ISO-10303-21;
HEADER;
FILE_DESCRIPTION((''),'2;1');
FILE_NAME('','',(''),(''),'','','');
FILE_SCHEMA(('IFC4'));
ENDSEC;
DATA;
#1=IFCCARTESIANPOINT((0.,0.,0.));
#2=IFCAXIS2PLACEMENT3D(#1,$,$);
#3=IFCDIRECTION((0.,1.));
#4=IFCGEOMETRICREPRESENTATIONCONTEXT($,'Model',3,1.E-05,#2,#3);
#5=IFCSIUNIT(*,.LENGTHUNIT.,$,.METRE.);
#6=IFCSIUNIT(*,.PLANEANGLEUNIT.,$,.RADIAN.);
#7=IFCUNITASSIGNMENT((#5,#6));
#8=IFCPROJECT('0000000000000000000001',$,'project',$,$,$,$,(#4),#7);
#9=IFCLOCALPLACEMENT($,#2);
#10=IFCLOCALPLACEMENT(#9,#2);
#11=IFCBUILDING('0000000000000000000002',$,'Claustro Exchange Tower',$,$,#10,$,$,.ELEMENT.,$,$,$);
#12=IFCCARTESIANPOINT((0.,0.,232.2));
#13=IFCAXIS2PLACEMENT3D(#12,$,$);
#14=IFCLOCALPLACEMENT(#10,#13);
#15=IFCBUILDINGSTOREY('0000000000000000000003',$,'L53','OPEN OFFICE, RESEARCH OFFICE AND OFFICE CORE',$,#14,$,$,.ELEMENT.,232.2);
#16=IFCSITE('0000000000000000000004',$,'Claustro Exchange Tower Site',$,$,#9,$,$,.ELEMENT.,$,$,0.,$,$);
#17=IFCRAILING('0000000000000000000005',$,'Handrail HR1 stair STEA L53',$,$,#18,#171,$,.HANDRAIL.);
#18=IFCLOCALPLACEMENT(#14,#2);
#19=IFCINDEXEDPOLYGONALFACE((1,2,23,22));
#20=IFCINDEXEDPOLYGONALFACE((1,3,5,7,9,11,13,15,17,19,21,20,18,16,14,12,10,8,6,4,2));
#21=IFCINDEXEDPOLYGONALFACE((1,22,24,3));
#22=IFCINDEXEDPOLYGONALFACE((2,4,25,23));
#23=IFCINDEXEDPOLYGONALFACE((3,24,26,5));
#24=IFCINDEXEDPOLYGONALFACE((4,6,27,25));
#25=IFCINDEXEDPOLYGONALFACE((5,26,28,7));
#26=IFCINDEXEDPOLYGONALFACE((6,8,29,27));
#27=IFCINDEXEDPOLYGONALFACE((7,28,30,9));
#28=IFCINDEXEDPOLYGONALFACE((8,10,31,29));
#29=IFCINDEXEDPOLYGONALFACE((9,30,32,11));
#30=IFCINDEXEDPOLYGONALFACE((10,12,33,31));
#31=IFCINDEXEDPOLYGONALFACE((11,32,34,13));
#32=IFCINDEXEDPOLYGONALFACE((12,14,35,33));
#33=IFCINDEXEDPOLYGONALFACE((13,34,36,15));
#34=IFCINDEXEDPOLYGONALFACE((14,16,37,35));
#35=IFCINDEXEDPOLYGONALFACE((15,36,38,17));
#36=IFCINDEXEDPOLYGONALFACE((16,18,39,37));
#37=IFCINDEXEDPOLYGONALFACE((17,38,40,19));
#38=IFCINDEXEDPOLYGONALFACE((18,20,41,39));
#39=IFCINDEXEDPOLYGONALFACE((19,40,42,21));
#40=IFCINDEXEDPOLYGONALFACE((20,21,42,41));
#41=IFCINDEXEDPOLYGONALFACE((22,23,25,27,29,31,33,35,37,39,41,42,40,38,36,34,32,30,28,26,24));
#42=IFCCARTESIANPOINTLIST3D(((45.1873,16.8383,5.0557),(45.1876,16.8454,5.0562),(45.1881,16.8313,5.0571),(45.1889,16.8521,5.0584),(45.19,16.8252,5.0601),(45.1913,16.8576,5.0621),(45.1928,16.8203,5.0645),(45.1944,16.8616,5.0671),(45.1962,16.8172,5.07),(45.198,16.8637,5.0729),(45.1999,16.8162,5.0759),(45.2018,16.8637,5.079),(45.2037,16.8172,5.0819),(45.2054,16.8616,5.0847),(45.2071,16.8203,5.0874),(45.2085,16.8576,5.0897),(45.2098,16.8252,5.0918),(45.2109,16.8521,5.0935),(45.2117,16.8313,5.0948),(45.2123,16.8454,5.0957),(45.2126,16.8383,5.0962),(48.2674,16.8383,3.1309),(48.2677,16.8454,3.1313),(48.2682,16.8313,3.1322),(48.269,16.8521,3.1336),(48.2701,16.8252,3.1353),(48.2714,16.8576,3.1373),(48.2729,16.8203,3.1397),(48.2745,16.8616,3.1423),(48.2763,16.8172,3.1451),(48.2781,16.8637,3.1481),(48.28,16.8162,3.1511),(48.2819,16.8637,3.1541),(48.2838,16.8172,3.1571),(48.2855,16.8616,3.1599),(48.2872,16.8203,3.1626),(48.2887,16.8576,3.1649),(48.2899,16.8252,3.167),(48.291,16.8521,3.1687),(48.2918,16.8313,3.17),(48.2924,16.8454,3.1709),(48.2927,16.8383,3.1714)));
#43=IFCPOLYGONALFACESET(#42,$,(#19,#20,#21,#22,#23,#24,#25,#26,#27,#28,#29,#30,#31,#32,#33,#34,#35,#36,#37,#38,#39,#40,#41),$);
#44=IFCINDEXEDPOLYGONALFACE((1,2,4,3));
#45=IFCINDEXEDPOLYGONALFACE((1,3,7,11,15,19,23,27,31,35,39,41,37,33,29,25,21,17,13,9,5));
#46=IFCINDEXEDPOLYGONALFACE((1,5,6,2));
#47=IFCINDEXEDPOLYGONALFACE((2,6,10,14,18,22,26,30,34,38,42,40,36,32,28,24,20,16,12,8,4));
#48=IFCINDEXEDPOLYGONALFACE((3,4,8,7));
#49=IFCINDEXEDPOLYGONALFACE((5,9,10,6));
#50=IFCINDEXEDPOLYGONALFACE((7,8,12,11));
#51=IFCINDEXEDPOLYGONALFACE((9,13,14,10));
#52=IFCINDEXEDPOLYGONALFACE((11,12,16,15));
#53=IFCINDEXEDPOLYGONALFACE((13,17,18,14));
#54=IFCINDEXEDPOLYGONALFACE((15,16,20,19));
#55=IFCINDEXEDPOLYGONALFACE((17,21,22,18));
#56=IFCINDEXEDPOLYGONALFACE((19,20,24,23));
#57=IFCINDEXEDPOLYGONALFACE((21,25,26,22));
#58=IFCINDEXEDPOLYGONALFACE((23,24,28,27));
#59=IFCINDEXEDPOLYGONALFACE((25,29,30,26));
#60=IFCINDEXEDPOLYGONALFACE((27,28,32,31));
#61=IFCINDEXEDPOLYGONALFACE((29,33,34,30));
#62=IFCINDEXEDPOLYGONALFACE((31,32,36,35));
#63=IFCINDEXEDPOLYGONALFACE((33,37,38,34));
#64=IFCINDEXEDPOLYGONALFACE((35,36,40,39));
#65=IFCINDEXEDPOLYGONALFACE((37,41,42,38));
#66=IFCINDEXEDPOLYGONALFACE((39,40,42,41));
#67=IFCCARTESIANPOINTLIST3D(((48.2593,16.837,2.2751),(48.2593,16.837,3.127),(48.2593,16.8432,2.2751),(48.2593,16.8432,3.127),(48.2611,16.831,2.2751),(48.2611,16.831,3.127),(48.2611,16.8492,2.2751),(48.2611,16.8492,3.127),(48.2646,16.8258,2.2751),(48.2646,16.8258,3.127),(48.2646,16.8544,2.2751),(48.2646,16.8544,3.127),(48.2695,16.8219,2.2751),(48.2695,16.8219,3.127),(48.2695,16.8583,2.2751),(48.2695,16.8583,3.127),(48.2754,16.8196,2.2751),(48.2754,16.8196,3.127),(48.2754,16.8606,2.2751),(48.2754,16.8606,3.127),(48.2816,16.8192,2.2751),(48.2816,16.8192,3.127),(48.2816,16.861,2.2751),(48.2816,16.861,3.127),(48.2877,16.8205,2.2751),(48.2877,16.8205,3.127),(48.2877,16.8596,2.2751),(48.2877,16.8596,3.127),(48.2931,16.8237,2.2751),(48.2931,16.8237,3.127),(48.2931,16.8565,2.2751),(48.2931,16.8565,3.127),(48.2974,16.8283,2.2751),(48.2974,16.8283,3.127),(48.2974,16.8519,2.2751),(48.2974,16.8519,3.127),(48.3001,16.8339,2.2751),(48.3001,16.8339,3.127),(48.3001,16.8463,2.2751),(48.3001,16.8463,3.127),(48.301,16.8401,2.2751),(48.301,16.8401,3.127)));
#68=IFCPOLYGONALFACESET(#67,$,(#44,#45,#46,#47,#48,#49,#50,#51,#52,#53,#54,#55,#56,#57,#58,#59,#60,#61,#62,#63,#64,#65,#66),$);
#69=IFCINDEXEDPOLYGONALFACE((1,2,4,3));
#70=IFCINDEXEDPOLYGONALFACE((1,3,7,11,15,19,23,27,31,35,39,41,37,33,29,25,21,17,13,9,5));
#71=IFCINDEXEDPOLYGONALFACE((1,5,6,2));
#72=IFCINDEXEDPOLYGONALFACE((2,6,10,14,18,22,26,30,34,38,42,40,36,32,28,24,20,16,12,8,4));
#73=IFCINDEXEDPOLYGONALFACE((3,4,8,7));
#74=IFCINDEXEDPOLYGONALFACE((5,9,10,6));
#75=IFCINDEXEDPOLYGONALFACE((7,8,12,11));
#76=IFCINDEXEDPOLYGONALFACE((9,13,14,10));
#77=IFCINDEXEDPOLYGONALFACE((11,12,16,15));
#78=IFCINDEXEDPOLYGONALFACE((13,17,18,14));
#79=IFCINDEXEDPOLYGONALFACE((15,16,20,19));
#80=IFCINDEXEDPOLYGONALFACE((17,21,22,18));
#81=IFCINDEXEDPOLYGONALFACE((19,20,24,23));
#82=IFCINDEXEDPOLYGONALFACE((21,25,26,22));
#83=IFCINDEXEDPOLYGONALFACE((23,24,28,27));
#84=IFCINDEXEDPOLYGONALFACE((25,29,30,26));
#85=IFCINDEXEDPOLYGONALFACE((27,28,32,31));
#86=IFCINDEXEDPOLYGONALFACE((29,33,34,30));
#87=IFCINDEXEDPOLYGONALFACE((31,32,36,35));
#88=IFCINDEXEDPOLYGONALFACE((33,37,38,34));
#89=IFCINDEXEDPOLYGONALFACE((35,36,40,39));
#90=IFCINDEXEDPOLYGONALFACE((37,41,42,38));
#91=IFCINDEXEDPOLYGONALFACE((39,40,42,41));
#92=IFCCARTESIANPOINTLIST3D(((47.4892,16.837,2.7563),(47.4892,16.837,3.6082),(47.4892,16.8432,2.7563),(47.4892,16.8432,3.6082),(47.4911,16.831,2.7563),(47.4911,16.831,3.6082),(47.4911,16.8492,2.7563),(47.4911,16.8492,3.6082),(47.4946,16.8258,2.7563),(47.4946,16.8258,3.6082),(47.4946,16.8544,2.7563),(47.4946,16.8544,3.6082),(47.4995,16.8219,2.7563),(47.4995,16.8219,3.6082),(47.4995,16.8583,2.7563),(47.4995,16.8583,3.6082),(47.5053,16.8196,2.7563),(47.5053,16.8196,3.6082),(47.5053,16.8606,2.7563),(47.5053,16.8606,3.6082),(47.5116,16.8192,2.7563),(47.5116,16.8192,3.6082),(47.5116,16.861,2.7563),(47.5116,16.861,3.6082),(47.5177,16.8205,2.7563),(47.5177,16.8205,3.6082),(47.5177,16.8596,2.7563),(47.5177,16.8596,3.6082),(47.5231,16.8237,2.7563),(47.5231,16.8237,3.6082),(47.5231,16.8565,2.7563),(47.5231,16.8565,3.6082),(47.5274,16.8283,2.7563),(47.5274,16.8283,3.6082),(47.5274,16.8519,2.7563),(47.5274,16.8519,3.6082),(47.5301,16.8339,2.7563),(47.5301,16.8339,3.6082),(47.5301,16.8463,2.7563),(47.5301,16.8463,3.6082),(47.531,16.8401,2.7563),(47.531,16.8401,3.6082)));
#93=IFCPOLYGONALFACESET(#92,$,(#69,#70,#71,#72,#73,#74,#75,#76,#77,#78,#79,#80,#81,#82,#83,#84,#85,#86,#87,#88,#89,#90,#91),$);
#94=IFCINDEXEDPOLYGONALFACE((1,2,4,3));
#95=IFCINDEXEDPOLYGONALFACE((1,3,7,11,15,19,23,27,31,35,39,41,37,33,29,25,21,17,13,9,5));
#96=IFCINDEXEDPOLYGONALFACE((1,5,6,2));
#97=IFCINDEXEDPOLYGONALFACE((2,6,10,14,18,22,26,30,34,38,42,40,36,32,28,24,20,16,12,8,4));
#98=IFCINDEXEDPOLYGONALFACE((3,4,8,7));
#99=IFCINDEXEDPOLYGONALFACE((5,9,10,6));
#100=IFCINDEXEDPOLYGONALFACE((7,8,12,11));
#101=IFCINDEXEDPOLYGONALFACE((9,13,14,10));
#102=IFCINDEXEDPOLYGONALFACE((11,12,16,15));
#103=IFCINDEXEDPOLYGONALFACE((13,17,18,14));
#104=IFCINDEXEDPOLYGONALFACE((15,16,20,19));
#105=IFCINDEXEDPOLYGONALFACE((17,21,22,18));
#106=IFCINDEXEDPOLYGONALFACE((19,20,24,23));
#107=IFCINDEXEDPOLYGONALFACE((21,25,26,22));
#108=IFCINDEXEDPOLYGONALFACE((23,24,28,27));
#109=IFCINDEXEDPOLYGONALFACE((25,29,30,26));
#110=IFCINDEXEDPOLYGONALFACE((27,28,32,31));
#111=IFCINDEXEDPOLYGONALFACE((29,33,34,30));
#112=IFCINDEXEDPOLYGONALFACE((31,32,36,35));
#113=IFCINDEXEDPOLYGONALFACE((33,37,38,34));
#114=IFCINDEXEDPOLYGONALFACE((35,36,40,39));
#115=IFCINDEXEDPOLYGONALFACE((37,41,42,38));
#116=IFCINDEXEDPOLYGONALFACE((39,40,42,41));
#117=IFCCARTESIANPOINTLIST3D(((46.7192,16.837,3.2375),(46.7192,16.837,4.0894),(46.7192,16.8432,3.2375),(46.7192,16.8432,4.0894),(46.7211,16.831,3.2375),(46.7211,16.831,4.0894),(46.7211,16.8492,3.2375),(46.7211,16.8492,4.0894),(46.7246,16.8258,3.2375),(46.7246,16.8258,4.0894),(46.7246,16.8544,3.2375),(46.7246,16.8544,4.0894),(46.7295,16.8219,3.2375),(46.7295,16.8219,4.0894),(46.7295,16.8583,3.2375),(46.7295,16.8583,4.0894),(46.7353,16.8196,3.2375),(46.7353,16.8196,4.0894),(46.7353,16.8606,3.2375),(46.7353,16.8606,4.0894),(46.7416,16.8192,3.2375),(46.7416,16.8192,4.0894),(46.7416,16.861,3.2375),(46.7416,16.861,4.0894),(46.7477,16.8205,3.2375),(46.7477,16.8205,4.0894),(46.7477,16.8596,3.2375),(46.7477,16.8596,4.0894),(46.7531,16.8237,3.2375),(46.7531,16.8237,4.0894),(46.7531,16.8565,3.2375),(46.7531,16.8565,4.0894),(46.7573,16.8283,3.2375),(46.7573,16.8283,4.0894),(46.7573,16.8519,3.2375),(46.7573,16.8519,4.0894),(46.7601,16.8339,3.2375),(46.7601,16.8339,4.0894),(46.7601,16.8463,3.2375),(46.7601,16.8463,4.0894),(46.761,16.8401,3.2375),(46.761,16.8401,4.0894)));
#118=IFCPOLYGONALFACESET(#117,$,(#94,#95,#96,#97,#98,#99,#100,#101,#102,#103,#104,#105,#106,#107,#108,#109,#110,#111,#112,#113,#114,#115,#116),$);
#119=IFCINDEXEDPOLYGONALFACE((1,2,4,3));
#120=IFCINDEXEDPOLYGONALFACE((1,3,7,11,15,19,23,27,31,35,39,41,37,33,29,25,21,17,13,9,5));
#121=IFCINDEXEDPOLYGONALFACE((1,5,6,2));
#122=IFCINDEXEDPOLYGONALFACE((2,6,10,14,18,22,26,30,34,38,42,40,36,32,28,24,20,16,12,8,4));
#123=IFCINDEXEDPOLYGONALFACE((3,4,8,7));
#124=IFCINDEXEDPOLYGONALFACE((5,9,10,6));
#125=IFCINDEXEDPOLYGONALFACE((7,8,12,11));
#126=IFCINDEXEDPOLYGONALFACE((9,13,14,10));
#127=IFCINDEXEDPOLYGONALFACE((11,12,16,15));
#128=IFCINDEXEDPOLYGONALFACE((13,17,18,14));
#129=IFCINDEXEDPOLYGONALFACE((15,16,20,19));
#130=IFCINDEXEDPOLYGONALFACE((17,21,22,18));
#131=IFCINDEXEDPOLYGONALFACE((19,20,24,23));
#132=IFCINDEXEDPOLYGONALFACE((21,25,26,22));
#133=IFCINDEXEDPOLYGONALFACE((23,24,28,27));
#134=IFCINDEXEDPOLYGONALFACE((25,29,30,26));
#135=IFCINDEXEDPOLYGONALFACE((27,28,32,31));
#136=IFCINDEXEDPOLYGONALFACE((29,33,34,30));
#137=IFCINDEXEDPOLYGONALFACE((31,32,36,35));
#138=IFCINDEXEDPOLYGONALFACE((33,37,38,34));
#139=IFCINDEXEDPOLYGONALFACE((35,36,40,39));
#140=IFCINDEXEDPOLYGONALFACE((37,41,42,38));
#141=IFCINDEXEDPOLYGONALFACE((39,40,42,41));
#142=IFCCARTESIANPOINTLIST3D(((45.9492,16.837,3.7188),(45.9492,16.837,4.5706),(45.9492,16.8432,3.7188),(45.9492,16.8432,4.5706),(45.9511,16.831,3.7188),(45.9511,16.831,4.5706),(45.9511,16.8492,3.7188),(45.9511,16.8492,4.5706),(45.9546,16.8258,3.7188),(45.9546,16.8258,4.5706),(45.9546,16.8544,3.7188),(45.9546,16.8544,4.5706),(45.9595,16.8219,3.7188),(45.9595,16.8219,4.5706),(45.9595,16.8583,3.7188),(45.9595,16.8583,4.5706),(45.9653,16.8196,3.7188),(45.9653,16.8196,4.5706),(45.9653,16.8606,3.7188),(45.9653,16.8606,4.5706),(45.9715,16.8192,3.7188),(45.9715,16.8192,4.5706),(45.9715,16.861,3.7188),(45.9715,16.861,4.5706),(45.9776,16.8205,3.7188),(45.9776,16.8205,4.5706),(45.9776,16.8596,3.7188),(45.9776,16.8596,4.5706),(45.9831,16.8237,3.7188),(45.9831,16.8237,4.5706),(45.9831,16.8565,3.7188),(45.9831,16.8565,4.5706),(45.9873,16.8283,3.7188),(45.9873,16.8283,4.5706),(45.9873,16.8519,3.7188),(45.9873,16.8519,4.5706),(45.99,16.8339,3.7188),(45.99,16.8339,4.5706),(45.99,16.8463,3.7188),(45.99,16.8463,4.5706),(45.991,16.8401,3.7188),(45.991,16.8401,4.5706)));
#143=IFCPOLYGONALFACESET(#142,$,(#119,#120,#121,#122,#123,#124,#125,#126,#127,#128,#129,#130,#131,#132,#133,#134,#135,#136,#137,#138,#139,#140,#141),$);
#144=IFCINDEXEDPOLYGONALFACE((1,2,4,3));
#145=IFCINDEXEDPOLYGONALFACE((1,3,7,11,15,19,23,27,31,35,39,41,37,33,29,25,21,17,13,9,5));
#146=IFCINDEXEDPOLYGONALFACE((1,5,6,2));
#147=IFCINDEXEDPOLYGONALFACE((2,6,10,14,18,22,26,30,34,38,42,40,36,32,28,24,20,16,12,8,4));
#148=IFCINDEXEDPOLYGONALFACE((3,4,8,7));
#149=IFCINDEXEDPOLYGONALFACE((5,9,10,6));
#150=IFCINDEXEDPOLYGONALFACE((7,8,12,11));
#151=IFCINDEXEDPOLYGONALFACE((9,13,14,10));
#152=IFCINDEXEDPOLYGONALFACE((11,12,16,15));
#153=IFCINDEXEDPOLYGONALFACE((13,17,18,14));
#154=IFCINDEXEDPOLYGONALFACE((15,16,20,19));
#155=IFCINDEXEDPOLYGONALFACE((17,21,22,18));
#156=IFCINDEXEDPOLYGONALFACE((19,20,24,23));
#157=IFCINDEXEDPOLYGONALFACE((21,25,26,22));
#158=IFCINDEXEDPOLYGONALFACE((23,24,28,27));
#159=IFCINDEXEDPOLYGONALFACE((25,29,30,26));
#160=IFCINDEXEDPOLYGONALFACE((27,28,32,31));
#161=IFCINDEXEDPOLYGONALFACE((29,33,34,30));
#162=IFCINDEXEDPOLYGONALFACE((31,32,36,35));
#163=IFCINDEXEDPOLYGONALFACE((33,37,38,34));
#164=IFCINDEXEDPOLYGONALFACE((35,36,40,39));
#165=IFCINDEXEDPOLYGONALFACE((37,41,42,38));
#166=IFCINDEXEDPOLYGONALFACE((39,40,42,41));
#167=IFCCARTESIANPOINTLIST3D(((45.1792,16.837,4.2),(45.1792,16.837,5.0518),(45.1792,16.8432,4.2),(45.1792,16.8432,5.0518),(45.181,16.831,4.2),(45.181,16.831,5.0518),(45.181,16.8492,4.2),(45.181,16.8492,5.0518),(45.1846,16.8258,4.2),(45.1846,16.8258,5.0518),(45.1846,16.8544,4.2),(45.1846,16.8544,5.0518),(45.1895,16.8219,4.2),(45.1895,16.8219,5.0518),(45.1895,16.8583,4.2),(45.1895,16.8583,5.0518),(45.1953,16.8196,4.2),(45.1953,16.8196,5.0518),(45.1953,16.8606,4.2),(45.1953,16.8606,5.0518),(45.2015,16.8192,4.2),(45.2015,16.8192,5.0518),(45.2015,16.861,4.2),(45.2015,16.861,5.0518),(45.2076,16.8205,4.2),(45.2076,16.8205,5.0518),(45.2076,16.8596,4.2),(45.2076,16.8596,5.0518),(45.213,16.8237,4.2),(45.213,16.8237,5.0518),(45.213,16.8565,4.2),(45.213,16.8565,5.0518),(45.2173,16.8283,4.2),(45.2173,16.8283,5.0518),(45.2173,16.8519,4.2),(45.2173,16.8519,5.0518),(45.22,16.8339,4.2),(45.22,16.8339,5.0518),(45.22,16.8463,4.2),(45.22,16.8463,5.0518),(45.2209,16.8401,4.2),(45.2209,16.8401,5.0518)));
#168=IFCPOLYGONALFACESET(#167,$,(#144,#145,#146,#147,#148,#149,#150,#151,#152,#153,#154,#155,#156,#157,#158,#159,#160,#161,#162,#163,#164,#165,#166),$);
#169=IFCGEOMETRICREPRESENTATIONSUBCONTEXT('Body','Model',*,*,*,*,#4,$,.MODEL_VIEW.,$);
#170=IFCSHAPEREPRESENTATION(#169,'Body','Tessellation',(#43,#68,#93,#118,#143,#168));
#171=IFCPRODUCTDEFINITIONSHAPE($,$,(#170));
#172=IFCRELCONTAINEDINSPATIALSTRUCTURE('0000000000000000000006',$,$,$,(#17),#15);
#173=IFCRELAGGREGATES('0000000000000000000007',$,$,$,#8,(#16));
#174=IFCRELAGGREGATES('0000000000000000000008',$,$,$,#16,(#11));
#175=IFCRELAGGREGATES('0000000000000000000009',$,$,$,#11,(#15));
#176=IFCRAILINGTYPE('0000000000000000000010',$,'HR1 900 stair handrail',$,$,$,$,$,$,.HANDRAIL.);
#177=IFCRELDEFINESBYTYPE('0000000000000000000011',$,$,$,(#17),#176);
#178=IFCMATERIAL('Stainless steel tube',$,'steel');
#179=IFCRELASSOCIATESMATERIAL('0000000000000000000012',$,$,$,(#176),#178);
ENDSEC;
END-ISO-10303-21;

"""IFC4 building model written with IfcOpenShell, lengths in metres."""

from ifc_helpers import new_model, si_unit, direction, frame, origin, origin_2d, place, context, subcontext, project, spatial, circle, extrude, material, type_object, element, save


model = new_model("IFC4")

# Units and contexts
model_context = context("Model", 3, precision=1e-05, world=origin(), true_north=direction((0.0, 1.0)))
body_context = subcontext(model_context, "Body", "Model", "MODEL_VIEW")
ifc_project = project(units=[si_unit("LENGTHUNIT", "METRE"), si_unit("PLANEANGLEUNIT", "RADIAN")], contexts=[model_context])

# Site, building, storey
site_placement = place(None, origin())
site = spatial("IfcSite", under=ifc_project, at=site_placement, Name="Claustro Exchange Tower Site", CompositionType="ELEMENT", RefElevation=0.0)
building_placement = place(site_placement, origin())
building = spatial("IfcBuilding", under=site, at=building_placement, Name="Claustro Exchange Tower", CompositionType="ELEMENT")
storey_placement = place(building_placement, frame((0.0, 0.0, 232.2)))
storey = spatial("IfcBuildingStorey", under=building, at=storey_placement, Name="L53", Description="OPEN OFFICE, RESEARCH OFFICE AND OFFICE CORE", CompositionType="ELEMENT", Elevation=232.2)

# Railing
ifc_material_1 = material(Name="Stainless steel tube", Category="steel")
railing_type_1 = type_object("IfcRailingType", Name="HR1 900 stair handrail", PredefinedType="HANDRAIL", material=ifc_material_1)
railing_1_placement = place(storey_placement, frame((48.28, 16.8401, 2.2751)))
element("IfcRailing", 1, at=railing_1_placement, inside=storey, type_object=railing_type_1, Name="Handrail HR1 stair STEA L53", PredefinedType="HANDRAIL", context=body_context, shape_type="SweptSolid", body=[
    extrude(circle(Radius=0.0239, at=origin_2d()), frame((0.0, 0.0, 0.876), z_axis=(-0.848029, 0.0, 0.529951), x_axis=(0.0, -1.0, 0.0)), (0.0, 0.0, 1.0), 3.6321),
    extrude(circle(Radius=0.021, at=origin_2d()), origin(), (0.0, 0.0, 1.0), 0.8518),
    extrude(circle(Radius=0.021, at=origin_2d()), frame((-0.77, 0.0, 0.4812)), (0.0, 0.0, 1.0), 0.8518),
    extrude(circle(Radius=0.021, at=origin_2d()), frame((-1.54, 0.0, 0.9624)), (0.0, 0.0, 1.0), 0.8518),
    extrude(circle(Radius=0.021, at=origin_2d()), frame((-2.3101, 0.0, 1.4436)), (0.0, 0.0, 1.0), 0.8518),
    extrude(circle(Radius=0.021, at=origin_2d()), frame((-3.0801, 0.0, 1.9248)), (0.0, 0.0, 1.0), 0.8518),
])

save(model, "model.ifc")
